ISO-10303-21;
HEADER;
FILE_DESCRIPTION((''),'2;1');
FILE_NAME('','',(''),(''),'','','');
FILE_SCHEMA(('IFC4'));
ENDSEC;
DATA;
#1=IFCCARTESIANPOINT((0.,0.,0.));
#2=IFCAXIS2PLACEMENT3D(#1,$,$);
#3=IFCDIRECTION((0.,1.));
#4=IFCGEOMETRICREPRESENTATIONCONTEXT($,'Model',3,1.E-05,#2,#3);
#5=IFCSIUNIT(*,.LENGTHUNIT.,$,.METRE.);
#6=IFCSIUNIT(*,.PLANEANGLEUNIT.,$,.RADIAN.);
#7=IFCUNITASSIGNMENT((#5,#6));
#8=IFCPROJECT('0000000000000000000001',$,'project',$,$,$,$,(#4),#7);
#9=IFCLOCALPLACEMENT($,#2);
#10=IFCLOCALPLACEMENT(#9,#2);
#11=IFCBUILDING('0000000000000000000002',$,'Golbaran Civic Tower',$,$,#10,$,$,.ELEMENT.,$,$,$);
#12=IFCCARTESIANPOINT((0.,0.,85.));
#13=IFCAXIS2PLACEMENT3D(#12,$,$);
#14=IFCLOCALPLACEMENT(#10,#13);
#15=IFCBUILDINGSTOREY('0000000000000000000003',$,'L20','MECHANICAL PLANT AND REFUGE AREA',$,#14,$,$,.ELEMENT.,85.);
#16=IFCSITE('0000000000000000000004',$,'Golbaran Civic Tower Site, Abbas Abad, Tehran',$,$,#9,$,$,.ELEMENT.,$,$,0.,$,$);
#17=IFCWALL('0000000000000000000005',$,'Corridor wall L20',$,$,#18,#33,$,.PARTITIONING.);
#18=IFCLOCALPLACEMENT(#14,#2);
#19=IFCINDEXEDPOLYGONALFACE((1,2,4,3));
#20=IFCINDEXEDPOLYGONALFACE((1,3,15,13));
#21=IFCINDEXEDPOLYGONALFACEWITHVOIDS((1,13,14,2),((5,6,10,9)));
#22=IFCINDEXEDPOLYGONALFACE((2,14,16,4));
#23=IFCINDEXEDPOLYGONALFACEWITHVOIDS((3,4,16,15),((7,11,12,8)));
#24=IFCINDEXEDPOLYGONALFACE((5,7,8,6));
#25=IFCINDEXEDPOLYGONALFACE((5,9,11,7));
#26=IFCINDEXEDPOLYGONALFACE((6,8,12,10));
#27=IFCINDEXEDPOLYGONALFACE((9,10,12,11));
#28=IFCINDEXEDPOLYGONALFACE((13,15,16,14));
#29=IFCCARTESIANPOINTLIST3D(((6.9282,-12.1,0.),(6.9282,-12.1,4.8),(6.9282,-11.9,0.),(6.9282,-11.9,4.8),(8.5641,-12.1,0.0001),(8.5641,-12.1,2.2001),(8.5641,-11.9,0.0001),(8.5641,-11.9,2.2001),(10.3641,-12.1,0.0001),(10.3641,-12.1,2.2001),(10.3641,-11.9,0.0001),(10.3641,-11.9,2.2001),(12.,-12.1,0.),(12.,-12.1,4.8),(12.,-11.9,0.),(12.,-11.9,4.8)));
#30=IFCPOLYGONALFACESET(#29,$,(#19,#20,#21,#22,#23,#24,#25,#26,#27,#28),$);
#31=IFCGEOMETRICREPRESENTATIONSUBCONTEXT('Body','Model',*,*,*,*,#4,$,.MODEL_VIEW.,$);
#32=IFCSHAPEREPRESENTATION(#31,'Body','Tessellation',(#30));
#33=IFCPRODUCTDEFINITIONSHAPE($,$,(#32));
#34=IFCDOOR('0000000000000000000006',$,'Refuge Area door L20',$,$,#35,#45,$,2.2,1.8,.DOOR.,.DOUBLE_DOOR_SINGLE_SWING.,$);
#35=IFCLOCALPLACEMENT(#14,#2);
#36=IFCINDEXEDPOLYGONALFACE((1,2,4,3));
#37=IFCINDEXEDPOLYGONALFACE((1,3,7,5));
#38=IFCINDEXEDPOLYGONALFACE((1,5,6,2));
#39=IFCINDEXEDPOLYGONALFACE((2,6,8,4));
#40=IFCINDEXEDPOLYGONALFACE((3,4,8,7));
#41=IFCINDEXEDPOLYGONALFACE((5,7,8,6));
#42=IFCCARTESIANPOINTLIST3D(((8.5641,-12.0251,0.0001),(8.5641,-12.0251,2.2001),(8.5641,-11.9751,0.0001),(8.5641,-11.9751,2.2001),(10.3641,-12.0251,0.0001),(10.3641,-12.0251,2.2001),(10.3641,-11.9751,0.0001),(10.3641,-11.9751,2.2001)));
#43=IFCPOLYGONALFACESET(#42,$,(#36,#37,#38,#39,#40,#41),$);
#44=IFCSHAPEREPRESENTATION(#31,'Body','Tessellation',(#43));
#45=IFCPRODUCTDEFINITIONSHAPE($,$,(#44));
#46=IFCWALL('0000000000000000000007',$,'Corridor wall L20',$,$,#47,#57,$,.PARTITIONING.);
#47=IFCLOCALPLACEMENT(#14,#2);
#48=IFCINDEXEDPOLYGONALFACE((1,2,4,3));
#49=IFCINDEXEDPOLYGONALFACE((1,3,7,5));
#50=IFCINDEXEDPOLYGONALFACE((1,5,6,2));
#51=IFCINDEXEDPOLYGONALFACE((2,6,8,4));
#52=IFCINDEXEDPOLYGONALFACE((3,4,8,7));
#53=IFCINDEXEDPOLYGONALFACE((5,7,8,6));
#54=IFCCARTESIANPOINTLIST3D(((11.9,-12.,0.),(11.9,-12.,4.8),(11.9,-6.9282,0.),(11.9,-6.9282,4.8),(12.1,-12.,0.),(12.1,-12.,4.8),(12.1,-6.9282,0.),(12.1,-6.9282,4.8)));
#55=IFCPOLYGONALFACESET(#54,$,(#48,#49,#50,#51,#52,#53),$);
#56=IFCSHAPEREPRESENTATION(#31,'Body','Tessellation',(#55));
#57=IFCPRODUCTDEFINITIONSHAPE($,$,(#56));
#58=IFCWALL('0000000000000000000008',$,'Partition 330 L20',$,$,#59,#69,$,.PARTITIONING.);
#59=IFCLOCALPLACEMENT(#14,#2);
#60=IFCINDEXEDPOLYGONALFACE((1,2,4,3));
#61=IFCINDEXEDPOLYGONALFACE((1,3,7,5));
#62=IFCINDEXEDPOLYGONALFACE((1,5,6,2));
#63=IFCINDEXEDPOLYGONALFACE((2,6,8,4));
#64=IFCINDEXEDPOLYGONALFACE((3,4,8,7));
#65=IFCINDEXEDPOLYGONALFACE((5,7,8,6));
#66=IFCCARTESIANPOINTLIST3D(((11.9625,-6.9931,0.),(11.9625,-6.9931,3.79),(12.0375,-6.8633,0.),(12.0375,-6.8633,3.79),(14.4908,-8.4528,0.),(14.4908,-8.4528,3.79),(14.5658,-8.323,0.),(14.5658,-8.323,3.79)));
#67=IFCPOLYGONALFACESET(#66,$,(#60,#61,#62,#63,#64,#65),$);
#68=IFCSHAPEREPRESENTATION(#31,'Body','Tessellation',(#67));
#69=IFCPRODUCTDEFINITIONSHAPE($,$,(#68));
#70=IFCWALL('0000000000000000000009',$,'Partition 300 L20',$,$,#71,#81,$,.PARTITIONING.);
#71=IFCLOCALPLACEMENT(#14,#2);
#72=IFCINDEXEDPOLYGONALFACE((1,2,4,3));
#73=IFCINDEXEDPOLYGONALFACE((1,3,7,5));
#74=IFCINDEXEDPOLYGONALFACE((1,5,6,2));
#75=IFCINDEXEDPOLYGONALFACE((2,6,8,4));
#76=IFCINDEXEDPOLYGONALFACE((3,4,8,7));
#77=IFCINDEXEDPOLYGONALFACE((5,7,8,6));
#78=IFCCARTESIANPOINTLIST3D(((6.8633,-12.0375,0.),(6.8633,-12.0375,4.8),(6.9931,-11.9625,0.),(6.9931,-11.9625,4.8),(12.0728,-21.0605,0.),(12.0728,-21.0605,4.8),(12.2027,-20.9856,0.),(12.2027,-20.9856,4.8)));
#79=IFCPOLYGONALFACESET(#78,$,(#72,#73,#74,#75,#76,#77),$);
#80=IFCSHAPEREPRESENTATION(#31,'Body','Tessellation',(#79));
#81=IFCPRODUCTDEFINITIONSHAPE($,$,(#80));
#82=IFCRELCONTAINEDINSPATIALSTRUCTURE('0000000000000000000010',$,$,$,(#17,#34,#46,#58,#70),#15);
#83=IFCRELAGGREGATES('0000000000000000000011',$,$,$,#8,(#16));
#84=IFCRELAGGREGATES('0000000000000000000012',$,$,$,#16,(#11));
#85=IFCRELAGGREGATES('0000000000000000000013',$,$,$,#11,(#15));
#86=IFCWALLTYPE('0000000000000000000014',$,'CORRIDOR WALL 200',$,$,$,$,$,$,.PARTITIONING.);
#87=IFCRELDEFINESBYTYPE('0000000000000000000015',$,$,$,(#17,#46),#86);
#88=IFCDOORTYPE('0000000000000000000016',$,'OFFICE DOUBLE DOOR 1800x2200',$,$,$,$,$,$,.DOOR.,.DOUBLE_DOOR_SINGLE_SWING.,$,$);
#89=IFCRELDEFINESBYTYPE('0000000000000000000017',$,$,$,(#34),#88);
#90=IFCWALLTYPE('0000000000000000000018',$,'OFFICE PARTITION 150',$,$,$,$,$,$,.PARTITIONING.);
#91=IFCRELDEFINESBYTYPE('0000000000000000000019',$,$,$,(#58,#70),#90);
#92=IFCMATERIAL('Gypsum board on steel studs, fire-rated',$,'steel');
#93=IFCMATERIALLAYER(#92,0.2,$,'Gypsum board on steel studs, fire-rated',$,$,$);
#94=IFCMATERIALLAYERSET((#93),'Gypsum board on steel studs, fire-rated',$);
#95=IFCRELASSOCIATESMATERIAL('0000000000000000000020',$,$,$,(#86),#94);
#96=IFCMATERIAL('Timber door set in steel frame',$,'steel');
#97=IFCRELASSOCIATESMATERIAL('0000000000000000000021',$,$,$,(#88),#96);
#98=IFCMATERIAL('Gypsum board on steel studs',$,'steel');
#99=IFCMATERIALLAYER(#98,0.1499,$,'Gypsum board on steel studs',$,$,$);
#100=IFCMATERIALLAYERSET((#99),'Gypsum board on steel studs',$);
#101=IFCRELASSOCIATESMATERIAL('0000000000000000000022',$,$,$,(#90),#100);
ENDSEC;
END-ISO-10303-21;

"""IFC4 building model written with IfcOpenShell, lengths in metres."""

from ifc_helpers import new_model, si_unit, direction, frame, frame_2d, origin, place, context, subcontext, project, spatial, rectangle, extrude, material, layer, layer_set, type_object, element, fill, save


model = new_model("IFC4")

# Units and contexts
model_context = context("Model", 3, precision=1e-05, world=origin(), true_north=direction((0.0, 1.0)))
body_context = subcontext(model_context, "Body", "Model", "MODEL_VIEW")
ifc_project = project(units=[si_unit("LENGTHUNIT", "METRE"), si_unit("PLANEANGLEUNIT", "RADIAN")], contexts=[model_context])

# Site, building, storey
site_placement = place(None, origin())
site = spatial("IfcSite", under=ifc_project, at=site_placement, Name="Golbaran Civic Tower Site, Abbas Abad, Tehran", CompositionType="ELEMENT", RefElevation=0.0)
building_placement = place(site_placement, origin())
building = spatial("IfcBuilding", under=site, at=building_placement, Name="Golbaran Civic Tower", CompositionType="ELEMENT")
storey_placement = place(building_placement, frame((0.0, 0.0, 85.0)))
storey = spatial("IfcBuildingStorey", under=building, at=storey_placement, Name="L20", Description="MECHANICAL PLANT AND REFUGE AREA", CompositionType="ELEMENT", Elevation=85.0)

# Shared definitions
ifc_material_1 = material(Name="Timber door set in steel frame", Category="steel")

# Wall, opening, door
ifc_material_2 = material(Name="Gypsum board on steel studs, fire-rated", Category="steel")
ifc_layer_1 = layer(ifc_material_2, 0.2, Name="Gypsum board on steel studs, fire-rated")
ifc_layer_set_1 = layer_set([ifc_layer_1], Name="Gypsum board on steel studs, fire-rated")
wall_type_1 = type_object("IfcWallType", Name="CORRIDOR WALL 200", PredefinedType="PARTITIONING", material=ifc_layer_set_1)
door_type_1 = type_object("IfcDoorType", Name="OFFICE DOUBLE DOOR 1800x2200", OperationType="DOUBLE_DOOR_SINGLE_SWING", PredefinedType="DOOR", material=ifc_material_1)
wall_1_placement = place(storey_placement, frame((6.9282, -12.0, 0.0), z_axis=(0.0, 0.0, 1.0), x_axis=(1.0, 0.0, 0.0)))
wall_1 = element("IfcWall", 1, at=wall_1_placement, inside=storey, type_object=wall_type_1, Name="Corridor wall L20", PredefinedType="PARTITIONING", context=body_context, shape_type="SweptSolid", body=[
    extrude(rectangle(XDim=5.0718, YDim=0.2, at=frame_2d((2.5359, 0.0))), origin(), (0.0, 0.0, 1.0), 4.8),
])
opening_1_placement = place(wall_1_placement, frame((1.636, 0.0, 0.0)))
opening_1 = element("IfcOpeningElement", 2, at=opening_1_placement, cuts=wall_1, PredefinedType="OPENING", context=body_context, shape_type="SweptSolid", body=[
    extrude(rectangle(XDim=1.8, YDim=2.2, at=frame_2d((0.8999, 1.1001))), frame((0.0, 0.1099, 0.0), z_axis=(0.0, -1.0, 0.0), x_axis=(1.0, 0.0, 0.0)), (0.0, 0.0, 1.0), 0.22),
])
door_1_placement = place(opening_1_placement, origin())
door_1 = element("IfcDoor", 3, at=door_1_placement, inside=storey, type_object=door_type_1, Name="Refuge Area door L20", OperationType="DOUBLE_DOOR_SINGLE_SWING", OverallHeight=2.2, OverallWidth=1.8, PredefinedType="DOOR", context=body_context, shape_type="SweptSolid", body=[
    extrude(rectangle(XDim=1.8, YDim=2.2, at=frame_2d((0.8999, 1.1001))), frame((0.0, 0.0249, 0.0), z_axis=(0.0, -1.0, 0.0), x_axis=(1.0, 0.0, 0.0)), (0.0, 0.0, 1.0), 0.05),
])
fill(opening_1, door_1)

# Walls
wall_2_placement = place(storey_placement, frame((12.0, -12.0, 0.0), z_axis=(0.0, 0.0, 1.0), x_axis=(0.0, 1.0, 0.0)))
element("IfcWall", 4, at=wall_2_placement, inside=storey, type_object=wall_type_1, Name="Corridor wall L20", PredefinedType="PARTITIONING", context=body_context, shape_type="SweptSolid", body=[
    extrude(rectangle(XDim=5.0718, YDim=0.2, at=frame_2d((2.5359, 0.0))), origin(), (0.0, 0.0, 1.0), 4.8),
])
ifc_material_3 = material(Name="Gypsum board on steel studs", Category="steel")
ifc_layer_2 = layer(ifc_material_3, 0.1499, Name="Gypsum board on steel studs")
ifc_layer_set_2 = layer_set([ifc_layer_2], Name="Gypsum board on steel studs")
wall_type_2 = type_object("IfcWallType", Name="OFFICE PARTITION 150", PredefinedType="PARTITIONING", material=ifc_layer_set_2)
wall_3_placement = place(storey_placement, frame((12.0, -6.9282, 0.0), z_axis=(0.0, 0.0, 1.0), x_axis=(0.866027, -0.499998, 0.0)))
element("IfcWall", 5, at=wall_3_placement, inside=storey, type_object=wall_type_2, Name="Partition 330 L20", PredefinedType="PARTITIONING", context=body_context, shape_type="SweptSolid", body=[
    extrude(rectangle(XDim=2.9194, YDim=0.1499, at=frame_2d((1.4597, 0.0))), origin(), (0.0, 0.0, 1.0), 3.79),
])
wall_4_placement = place(storey_placement, frame((6.9282, -12.0, 0.0), z_axis=(0.0, 0.0, 1.0), x_axis=(0.500005, -0.866022, 0.0)))
element("IfcWall", 6, at=wall_4_placement, inside=storey, type_object=wall_type_2, Name="Partition 300 L20", PredefinedType="PARTITIONING", context=body_context, shape_type="SweptSolid", body=[
    extrude(rectangle(XDim=10.4189, YDim=0.1499, at=frame_2d((5.2095, 0.0))), origin(), (0.0, 0.0, 1.0), 4.8),
])

save(model, "model.ifc")
